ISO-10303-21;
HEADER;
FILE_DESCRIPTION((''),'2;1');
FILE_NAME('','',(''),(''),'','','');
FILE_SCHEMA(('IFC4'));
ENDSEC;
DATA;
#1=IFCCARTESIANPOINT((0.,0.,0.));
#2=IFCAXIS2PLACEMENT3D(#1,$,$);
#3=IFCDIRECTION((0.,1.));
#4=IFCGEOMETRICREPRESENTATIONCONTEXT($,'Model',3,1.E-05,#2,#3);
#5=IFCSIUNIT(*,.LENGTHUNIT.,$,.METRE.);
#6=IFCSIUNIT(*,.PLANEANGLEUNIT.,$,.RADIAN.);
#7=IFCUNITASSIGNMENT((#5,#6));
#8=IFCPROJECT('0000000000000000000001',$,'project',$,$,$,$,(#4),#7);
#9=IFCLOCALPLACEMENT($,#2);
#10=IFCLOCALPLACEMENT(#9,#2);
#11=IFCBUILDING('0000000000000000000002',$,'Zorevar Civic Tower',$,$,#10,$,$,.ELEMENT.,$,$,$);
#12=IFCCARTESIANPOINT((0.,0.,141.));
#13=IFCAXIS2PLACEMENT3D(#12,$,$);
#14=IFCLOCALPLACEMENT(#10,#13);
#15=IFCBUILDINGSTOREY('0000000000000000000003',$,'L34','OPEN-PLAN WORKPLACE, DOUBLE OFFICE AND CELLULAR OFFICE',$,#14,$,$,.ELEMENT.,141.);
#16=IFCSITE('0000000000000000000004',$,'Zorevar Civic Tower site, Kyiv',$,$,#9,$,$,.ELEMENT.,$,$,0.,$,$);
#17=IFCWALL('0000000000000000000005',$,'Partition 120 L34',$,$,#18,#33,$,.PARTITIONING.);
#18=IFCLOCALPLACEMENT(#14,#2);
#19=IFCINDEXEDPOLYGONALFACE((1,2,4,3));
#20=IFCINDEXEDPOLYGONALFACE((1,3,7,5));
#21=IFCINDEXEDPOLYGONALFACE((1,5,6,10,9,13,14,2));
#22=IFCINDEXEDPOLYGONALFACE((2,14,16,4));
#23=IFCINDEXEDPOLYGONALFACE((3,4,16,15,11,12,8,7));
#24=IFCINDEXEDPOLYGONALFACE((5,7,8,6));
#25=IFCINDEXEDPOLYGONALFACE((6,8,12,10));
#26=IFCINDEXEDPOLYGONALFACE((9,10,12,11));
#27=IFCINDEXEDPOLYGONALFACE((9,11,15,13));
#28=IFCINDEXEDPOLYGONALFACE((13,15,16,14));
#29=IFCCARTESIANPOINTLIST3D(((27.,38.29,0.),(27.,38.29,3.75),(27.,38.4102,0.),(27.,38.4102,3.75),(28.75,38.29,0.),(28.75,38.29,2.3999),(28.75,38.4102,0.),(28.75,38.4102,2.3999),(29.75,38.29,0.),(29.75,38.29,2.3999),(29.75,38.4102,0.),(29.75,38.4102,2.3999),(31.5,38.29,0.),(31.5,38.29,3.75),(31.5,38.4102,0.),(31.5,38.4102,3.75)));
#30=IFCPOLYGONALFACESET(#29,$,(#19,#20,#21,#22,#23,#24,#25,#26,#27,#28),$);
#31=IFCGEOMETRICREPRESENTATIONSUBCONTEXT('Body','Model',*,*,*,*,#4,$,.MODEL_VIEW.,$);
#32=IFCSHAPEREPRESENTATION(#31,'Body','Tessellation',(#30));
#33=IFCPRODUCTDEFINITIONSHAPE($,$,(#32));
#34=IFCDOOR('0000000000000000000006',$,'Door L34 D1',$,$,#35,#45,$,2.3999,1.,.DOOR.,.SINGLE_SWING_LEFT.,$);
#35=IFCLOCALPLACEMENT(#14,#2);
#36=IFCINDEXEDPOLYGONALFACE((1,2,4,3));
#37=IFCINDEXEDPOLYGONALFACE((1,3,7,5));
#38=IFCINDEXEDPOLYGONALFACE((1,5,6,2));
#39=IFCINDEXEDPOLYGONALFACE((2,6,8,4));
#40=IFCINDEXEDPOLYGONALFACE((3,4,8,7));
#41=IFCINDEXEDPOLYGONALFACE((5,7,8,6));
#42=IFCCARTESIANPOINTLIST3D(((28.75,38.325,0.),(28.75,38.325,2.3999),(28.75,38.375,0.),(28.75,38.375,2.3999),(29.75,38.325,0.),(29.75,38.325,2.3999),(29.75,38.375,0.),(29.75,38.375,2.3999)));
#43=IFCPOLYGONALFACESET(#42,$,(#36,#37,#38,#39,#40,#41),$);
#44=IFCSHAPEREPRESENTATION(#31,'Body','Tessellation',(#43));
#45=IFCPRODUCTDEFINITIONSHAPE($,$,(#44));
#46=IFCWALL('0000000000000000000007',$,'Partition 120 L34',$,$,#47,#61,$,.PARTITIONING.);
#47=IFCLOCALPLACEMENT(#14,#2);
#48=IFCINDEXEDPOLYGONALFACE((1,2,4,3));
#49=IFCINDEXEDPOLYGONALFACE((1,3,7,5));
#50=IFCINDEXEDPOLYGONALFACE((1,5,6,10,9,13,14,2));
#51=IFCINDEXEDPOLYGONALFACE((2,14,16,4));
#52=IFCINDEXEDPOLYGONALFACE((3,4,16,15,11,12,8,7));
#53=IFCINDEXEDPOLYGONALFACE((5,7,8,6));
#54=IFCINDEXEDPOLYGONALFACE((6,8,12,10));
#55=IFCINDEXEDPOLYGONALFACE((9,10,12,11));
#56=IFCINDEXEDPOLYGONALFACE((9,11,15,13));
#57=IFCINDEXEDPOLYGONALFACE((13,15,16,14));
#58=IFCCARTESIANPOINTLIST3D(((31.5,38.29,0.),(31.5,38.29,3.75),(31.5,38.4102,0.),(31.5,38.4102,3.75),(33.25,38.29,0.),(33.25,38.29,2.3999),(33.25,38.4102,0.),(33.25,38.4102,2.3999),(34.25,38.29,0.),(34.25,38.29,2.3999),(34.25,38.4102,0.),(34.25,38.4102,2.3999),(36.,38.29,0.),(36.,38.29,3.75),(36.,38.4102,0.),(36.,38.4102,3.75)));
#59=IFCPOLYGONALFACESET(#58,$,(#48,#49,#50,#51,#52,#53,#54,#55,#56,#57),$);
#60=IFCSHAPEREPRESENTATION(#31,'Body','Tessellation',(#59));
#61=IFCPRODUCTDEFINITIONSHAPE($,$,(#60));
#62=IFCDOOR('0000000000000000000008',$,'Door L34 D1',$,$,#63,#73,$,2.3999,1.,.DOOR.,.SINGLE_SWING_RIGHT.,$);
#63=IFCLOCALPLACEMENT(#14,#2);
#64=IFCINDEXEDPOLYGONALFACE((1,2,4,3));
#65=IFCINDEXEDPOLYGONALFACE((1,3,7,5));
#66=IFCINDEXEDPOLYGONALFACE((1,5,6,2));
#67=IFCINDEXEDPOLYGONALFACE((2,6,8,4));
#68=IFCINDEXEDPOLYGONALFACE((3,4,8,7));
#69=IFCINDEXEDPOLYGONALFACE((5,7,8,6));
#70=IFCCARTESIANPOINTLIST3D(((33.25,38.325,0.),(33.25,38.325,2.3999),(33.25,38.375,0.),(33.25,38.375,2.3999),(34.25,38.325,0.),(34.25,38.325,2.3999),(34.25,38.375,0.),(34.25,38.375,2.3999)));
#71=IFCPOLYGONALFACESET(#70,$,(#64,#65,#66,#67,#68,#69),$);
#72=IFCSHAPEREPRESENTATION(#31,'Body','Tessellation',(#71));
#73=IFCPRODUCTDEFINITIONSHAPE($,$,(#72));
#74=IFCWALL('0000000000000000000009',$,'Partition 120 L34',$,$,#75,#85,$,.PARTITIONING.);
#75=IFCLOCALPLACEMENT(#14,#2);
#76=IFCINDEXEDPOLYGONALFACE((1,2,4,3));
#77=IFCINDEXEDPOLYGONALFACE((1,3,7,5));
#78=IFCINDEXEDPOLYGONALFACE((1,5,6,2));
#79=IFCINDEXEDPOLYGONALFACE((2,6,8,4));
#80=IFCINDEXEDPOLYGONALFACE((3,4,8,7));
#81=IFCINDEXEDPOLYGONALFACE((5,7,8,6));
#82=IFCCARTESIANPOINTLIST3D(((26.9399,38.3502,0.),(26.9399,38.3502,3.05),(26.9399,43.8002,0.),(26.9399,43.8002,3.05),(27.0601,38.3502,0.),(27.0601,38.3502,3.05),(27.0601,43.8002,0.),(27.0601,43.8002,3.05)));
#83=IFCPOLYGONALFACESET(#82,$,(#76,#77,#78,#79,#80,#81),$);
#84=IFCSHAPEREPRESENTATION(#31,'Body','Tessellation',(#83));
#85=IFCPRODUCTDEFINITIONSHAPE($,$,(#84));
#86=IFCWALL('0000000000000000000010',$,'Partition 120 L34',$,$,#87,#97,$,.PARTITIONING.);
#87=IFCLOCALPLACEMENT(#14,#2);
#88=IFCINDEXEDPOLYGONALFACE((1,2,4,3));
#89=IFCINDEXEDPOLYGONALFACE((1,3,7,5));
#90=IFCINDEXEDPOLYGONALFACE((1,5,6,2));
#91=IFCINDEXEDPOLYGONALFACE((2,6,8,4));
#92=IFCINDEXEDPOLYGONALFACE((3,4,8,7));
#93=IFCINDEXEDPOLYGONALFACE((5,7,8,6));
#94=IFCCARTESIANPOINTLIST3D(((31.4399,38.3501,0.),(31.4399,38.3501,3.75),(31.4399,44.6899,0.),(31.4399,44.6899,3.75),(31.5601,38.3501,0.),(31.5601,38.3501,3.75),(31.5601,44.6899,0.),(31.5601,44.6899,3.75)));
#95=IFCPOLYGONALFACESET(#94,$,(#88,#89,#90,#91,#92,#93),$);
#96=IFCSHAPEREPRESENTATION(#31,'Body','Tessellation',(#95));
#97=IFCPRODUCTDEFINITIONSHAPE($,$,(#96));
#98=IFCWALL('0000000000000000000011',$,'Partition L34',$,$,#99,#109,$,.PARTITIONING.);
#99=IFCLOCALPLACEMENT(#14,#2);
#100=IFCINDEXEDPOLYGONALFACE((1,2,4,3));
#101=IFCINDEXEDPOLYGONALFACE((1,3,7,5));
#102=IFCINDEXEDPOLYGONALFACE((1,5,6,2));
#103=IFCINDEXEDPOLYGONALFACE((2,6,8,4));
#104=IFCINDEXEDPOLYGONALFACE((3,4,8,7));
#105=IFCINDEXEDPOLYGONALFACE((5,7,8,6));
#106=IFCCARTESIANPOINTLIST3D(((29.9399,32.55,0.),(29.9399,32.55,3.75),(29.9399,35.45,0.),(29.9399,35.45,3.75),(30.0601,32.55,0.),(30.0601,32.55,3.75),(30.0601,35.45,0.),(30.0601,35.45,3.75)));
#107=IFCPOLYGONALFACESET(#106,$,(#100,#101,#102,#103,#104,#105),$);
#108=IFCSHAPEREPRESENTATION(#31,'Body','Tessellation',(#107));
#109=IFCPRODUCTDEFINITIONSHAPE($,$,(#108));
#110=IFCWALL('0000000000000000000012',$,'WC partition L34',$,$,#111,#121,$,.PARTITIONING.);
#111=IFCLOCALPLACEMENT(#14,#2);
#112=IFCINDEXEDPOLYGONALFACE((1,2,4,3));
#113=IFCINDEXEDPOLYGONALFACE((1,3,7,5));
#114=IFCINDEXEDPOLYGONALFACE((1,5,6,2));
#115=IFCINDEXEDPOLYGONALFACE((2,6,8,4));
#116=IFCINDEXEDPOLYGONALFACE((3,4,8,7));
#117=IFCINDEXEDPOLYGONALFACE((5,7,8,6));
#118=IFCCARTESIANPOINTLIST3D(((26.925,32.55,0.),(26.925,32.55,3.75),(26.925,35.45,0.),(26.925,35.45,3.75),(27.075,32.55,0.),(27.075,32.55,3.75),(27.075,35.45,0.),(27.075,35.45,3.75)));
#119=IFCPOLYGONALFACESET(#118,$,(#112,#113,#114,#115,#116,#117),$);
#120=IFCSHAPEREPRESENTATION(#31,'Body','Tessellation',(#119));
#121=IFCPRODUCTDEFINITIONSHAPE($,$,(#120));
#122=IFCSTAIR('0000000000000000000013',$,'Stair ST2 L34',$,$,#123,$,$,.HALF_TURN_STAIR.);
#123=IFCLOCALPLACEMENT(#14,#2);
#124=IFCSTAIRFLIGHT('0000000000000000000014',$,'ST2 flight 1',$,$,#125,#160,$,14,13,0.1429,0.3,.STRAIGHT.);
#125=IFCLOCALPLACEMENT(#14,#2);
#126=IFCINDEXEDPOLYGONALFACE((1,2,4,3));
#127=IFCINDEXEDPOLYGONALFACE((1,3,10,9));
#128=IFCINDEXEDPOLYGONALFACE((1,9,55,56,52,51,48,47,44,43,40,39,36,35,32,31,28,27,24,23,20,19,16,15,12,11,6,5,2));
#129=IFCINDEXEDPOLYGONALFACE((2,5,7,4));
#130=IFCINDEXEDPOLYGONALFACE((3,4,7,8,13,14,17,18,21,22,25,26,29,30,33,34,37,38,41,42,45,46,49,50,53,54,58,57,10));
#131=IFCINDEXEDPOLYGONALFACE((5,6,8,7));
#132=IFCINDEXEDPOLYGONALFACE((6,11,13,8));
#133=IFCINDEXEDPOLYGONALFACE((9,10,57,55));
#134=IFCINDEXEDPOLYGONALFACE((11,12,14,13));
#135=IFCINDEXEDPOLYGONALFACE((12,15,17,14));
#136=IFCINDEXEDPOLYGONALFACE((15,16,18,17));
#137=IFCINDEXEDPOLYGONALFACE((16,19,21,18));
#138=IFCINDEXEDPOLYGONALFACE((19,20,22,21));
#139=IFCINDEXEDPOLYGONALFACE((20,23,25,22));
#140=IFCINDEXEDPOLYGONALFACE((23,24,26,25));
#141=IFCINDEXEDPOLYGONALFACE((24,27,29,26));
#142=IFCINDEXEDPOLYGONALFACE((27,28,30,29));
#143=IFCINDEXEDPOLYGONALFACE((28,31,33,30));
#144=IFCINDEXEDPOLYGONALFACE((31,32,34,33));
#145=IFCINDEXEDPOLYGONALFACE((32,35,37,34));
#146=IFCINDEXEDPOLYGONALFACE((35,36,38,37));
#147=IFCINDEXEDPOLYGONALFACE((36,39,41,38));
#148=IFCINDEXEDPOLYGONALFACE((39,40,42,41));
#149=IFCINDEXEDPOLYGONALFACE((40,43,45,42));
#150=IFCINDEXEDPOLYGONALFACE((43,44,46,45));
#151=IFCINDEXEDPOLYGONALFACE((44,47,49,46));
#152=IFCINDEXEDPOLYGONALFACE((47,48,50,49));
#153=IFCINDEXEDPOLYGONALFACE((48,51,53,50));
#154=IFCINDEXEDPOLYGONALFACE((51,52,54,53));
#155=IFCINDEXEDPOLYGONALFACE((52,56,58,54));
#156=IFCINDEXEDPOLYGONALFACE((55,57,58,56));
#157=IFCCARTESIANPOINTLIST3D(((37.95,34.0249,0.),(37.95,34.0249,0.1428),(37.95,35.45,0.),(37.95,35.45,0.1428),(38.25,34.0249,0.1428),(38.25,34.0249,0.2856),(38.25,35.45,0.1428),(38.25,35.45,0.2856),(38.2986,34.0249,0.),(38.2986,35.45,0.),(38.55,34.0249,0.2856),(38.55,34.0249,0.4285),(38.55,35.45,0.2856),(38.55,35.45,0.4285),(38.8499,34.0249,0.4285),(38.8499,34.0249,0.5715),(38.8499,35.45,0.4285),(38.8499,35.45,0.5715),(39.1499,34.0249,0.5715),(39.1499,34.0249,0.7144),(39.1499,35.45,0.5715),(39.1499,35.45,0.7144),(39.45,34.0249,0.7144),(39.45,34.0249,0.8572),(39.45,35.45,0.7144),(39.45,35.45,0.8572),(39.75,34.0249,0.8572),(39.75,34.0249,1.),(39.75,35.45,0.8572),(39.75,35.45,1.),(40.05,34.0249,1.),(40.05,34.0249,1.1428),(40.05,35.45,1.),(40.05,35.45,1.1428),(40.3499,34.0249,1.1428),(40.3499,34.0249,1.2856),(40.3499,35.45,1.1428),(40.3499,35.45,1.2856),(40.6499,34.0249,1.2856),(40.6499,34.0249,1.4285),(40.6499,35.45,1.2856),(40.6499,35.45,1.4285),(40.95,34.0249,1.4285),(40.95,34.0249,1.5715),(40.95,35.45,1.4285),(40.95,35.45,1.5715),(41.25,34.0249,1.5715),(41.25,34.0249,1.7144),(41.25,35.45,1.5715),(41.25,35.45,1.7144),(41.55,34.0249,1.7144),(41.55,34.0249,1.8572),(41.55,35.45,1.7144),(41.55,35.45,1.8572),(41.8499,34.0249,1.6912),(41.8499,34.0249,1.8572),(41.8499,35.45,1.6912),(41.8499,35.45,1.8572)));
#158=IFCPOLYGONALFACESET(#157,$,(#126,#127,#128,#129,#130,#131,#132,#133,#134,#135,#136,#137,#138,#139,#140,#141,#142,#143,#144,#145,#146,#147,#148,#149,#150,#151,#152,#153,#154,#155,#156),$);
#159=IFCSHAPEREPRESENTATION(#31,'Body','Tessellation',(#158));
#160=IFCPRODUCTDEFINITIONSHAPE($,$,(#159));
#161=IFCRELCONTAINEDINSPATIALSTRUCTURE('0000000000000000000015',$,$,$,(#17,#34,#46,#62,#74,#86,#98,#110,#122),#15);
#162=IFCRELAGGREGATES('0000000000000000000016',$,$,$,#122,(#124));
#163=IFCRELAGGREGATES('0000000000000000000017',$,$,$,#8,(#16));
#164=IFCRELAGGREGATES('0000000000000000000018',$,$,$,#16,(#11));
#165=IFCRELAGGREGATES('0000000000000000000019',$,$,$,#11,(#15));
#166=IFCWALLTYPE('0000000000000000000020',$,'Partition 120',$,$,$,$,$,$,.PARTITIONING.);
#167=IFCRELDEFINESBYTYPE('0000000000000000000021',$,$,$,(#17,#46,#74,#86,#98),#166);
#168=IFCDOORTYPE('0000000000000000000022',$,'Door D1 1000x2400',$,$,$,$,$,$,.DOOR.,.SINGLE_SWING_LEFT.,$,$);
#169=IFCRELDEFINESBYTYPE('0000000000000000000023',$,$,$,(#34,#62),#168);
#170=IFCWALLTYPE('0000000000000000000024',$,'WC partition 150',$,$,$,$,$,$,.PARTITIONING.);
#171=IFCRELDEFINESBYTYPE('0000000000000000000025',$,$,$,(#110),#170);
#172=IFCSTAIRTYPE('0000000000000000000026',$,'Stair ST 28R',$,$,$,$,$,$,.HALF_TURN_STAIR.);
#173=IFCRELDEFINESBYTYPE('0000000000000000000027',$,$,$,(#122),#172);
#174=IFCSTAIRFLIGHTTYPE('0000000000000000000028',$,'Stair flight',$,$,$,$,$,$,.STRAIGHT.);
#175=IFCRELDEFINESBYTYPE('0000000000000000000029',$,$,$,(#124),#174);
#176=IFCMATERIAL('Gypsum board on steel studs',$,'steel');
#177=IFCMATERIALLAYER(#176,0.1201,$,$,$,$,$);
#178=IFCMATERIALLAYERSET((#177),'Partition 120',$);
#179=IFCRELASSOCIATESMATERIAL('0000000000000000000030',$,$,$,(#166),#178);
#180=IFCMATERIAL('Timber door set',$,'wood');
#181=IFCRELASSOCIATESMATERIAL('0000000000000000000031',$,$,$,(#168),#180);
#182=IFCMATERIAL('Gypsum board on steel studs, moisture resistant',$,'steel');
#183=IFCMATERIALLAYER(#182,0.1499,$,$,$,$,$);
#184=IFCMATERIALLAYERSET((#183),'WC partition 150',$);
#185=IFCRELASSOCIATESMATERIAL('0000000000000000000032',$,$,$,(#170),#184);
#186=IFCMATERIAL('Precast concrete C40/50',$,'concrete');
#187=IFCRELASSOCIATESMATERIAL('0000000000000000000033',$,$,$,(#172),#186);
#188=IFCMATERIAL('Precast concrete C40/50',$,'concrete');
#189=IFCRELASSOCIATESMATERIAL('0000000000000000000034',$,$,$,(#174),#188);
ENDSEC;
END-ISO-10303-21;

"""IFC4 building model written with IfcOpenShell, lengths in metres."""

from ifc_helpers import new_model, si_unit, direction, frame, frame_2d, origin, place, context, subcontext, project, spatial, polyline, rectangle, outline, extrude, material, layer, layer_set, type_object, element, fill, aggregate, save


model = new_model("IFC4")

# Units and contexts
model_context = context("Model", 3, precision=1e-05, world=origin(), true_north=direction((0.0, 1.0)))
body_context = subcontext(model_context, "Body", "Model", "MODEL_VIEW")
ifc_project = project(units=[si_unit("LENGTHUNIT", "METRE"), si_unit("PLANEANGLEUNIT", "RADIAN")], contexts=[model_context])

# Site, building, storey
site_placement = place(None, origin())
site = spatial("IfcSite", under=ifc_project, at=site_placement, Name="Zorevar Civic Tower site, Kyiv", CompositionType="ELEMENT", RefElevation=0.0)
building_placement = place(site_placement, origin())
building = spatial("IfcBuilding", under=site, at=building_placement, Name="Zorevar Civic Tower", CompositionType="ELEMENT")
storey_placement = place(building_placement, frame((0.0, 0.0, 141.0)))
storey = spatial("IfcBuildingStorey", under=building, at=storey_placement, Name="L34", Description="OPEN-PLAN WORKPLACE, DOUBLE OFFICE AND CELLULAR OFFICE", CompositionType="ELEMENT", Elevation=141.0)

# Walls, openings, doors
ifc_material_1 = material(Name="Gypsum board on steel studs", Category="steel")
ifc_layer_1 = layer(ifc_material_1, 0.1201)
ifc_layer_set_1 = layer_set([ifc_layer_1], Name="Partition 120")
wall_type_1 = type_object("IfcWallType", Name="Partition 120", PredefinedType="PARTITIONING", material=ifc_layer_set_1)
wall_1_placement = place(storey_placement, frame((27.0, 38.3501, 0.0), z_axis=(0.0, 0.0, 1.0), x_axis=(1.0, 0.0, 0.0)))
wall_1 = element("IfcWall", 1, at=wall_1_placement, inside=storey, type_object=wall_type_1, Name="Partition 120 L34", PredefinedType="PARTITIONING", context=body_context, shape_type="SweptSolid", body=[
    extrude(rectangle(XDim=4.5, YDim=0.1201, at=frame_2d((2.25, 0.0))), origin(), (0.0, 0.0, 1.0), 3.75),
])
opening_1_placement = place(wall_1_placement, frame((1.75, 0.0, 0.0)))
opening_1 = element("IfcOpeningElement", 2, at=opening_1_placement, cuts=wall_1, PredefinedType="OPENING", context=body_context, shape_type="SweptSolid", body=[
    extrude(rectangle(XDim=1.0, YDim=2.3999, at=frame_2d((0.5, 1.2))), frame((0.0, 0.0701, 0.0), z_axis=(0.0, -1.0, 0.0), x_axis=(1.0, 0.0, 0.0)), (0.0, 0.0, 1.0), 0.1401),
])
ifc_material_2 = material(Name="Timber door set", Category="wood")
door_type_1 = type_object("IfcDoorType", Name="Door D1 1000x2400", OperationType="SINGLE_SWING_LEFT", PredefinedType="DOOR", material=ifc_material_2)
door_1_placement = place(opening_1_placement, origin())
door_1 = element("IfcDoor", 3, at=door_1_placement, inside=storey, type_object=door_type_1, Name="Door L34 D1", OperationType="SINGLE_SWING_LEFT", OverallHeight=2.3999, OverallWidth=1.0, PredefinedType="DOOR", context=body_context, shape_type="SweptSolid", body=[
    extrude(rectangle(XDim=1.0, YDim=2.3999, at=frame_2d((0.5, 1.2))), frame((0.0, 0.0249, 0.0), z_axis=(0.0, -1.0, 0.0), x_axis=(1.0, 0.0, 0.0)), (0.0, 0.0, 1.0), 0.05),
])
fill(opening_1, door_1)
wall_2_placement = place(storey_placement, frame((31.5, 38.3501, 0.0), z_axis=(0.0, 0.0, 1.0), x_axis=(1.0, 0.0, 0.0)))
wall_2 = element("IfcWall", 4, at=wall_2_placement, inside=storey, type_object=wall_type_1, Name="Partition 120 L34", PredefinedType="PARTITIONING", context=body_context, shape_type="SweptSolid", body=[
    extrude(rectangle(XDim=4.5, YDim=0.1201, at=frame_2d((2.25, 0.0))), origin(), (0.0, 0.0, 1.0), 3.75),
])
opening_2_placement = place(wall_2_placement, frame((1.75, 0.0, 0.0)))
opening_2 = element("IfcOpeningElement", 5, at=opening_2_placement, cuts=wall_2, PredefinedType="OPENING", context=body_context, shape_type="SweptSolid", body=[
    extrude(rectangle(XDim=1.0, YDim=2.3999, at=frame_2d((0.5, 1.2))), frame((0.0, 0.0701, 0.0), z_axis=(0.0, -1.0, 0.0), x_axis=(1.0, 0.0, 0.0)), (0.0, 0.0, 1.0), 0.1401),
])
door_2_placement = place(opening_2_placement, origin())
door_2 = element("IfcDoor", 6, at=door_2_placement, inside=storey, type_object=door_type_1, Name="Door L34 D1", OperationType="SINGLE_SWING_RIGHT", OverallHeight=2.3999, OverallWidth=1.0, PredefinedType="DOOR", context=body_context, shape_type="SweptSolid", body=[
    extrude(rectangle(XDim=1.0, YDim=2.3999, at=frame_2d((0.5, 1.2))), frame((0.0, 0.0249, 0.0), z_axis=(0.0, -1.0, 0.0), x_axis=(1.0, 0.0, 0.0)), (0.0, 0.0, 1.0), 0.05),
])
fill(opening_2, door_2)

# Walls
wall_3_placement = place(storey_placement, frame((27.0, 38.3501, 0.0), z_axis=(0.0, 0.0, 1.0), x_axis=(0.0, 1.0, 0.0)))
element("IfcWall", 7, at=wall_3_placement, inside=storey, type_object=wall_type_1, Name="Partition 120 L34", PredefinedType="PARTITIONING", context=body_context, shape_type="SweptSolid", body=[
    extrude(rectangle(XDim=5.45, YDim=0.1201, at=frame_2d((2.7251, 0.0))), origin(), (0.0, 0.0, 1.0), 3.05),
])
wall_4_placement = place(storey_placement, frame((31.5, 38.3501, 0.0), z_axis=(0.0, 0.0, 1.0), x_axis=(0.0, 1.0, 0.0)))
element("IfcWall", 8, at=wall_4_placement, inside=storey, type_object=wall_type_1, Name="Partition 120 L34", PredefinedType="PARTITIONING", context=body_context, shape_type="SweptSolid", body=[
    extrude(rectangle(XDim=6.3398, YDim=0.1201, at=frame_2d((3.1699, 0.0))), origin(), (0.0, 0.0, 1.0), 3.75),
])
wall_5_placement = place(storey_placement, frame((30.0, 32.55, 0.0), z_axis=(0.0, 0.0, 1.0), x_axis=(0.0, 1.0, 0.0)))
element("IfcWall", 9, at=wall_5_placement, inside=storey, type_object=wall_type_1, Name="Partition L34", PredefinedType="PARTITIONING", context=body_context, shape_type="SweptSolid", body=[
    extrude(rectangle(XDim=2.8999, YDim=0.1201, at=frame_2d((1.45, 0.0))), origin(), (0.0, 0.0, 1.0), 3.75),
])
ifc_material_3 = material(Name="Gypsum board on steel studs, moisture resistant", Category="steel")
ifc_layer_2 = layer(ifc_material_3, 0.1499)
ifc_layer_set_2 = layer_set([ifc_layer_2], Name="WC partition 150")
wall_type_2 = type_object("IfcWallType", Name="WC partition 150", PredefinedType="PARTITIONING", material=ifc_layer_set_2)
wall_6_placement = place(storey_placement, frame((27.0, 32.55, 0.0), z_axis=(0.0, 0.0, 1.0), x_axis=(0.0, 1.0, 0.0)))
element("IfcWall", 10, at=wall_6_placement, inside=storey, type_object=wall_type_2, Name="WC partition L34", PredefinedType="PARTITIONING", context=body_context, shape_type="SweptSolid", body=[
    extrude(rectangle(XDim=2.8999, YDim=0.1499, at=frame_2d((1.45, 0.0))), origin(), (0.0, 0.0, 1.0), 3.75),
])

# Stair, stair flight
ifc_material_4 = material(Name="Precast concrete C40/50", Category="concrete")
stair_type = type_object("IfcStairType", Name="Stair ST 28R", PredefinedType="HALF_TURN_STAIR", material=ifc_material_4)
stair_placement = place(storey_placement, origin())
stair = element("IfcStair", 11, at=stair_placement, inside=storey, type_object=stair_type, Name="Stair ST2 L34", PredefinedType="HALF_TURN_STAIR")
ifc_material_5 = material(Name="Precast concrete C40/50", Category="concrete")
stair_flight_type = type_object("IfcStairFlightType", Name="Stair flight", PredefinedType="STRAIGHT", material=ifc_material_5)
stair_flight_1_placement = place(storey_placement, frame((37.95, 34.7375, 0.0), z_axis=(0.0, 0.0, 1.0), x_axis=(1.0, 0.0, 0.0)))
stair_flight_1 = element("IfcStairFlight", 12, at=stair_flight_1_placement, type_object=stair_flight_type, Name="ST2 flight 1", NumberOfRisers=14, NumberOfTreads=13, PredefinedType="STRAIGHT", RiserHeight=0.1429, TreadLength=0.3, context=body_context, shape_type="SweptSolid", body=[
    extrude(outline(polyline([(0.0, 0.0), (0.0, 0.1428), (0.3, 0.1428), (0.3, 0.2856), (0.6001, 0.2856), (0.6001, 0.4285), (0.8999, 0.4285), (0.8999, 0.5715), (1.2, 0.5715), (1.2, 0.7144), (1.5, 0.7144), (1.5, 0.8572), (1.8, 0.8572), (1.8, 1.0), (2.1001, 1.0), (2.1001, 1.1428), (2.3999, 1.1428), (2.3999, 1.2856), (2.7, 1.2856), (2.7, 1.4285), (3.0, 1.4285), (3.0, 1.5715), (3.3, 1.5715), (3.3, 1.7144), (3.6001, 1.7144), (3.6001, 1.8572), (3.8999, 1.8572), (3.8999, 2.0), (3.8999, 1.6912), (0.3486, 0.0), (0.0, 0.0)])), frame((0.0, 0.7124, 0.0), z_axis=(0.0, -1.0, 0.0), x_axis=(1.0, 0.0, 0.0)), (0.0, 0.0, 1.0), 1.425),
])
aggregate(stair, [stair_flight_1])

save(model, "model.ifc")
